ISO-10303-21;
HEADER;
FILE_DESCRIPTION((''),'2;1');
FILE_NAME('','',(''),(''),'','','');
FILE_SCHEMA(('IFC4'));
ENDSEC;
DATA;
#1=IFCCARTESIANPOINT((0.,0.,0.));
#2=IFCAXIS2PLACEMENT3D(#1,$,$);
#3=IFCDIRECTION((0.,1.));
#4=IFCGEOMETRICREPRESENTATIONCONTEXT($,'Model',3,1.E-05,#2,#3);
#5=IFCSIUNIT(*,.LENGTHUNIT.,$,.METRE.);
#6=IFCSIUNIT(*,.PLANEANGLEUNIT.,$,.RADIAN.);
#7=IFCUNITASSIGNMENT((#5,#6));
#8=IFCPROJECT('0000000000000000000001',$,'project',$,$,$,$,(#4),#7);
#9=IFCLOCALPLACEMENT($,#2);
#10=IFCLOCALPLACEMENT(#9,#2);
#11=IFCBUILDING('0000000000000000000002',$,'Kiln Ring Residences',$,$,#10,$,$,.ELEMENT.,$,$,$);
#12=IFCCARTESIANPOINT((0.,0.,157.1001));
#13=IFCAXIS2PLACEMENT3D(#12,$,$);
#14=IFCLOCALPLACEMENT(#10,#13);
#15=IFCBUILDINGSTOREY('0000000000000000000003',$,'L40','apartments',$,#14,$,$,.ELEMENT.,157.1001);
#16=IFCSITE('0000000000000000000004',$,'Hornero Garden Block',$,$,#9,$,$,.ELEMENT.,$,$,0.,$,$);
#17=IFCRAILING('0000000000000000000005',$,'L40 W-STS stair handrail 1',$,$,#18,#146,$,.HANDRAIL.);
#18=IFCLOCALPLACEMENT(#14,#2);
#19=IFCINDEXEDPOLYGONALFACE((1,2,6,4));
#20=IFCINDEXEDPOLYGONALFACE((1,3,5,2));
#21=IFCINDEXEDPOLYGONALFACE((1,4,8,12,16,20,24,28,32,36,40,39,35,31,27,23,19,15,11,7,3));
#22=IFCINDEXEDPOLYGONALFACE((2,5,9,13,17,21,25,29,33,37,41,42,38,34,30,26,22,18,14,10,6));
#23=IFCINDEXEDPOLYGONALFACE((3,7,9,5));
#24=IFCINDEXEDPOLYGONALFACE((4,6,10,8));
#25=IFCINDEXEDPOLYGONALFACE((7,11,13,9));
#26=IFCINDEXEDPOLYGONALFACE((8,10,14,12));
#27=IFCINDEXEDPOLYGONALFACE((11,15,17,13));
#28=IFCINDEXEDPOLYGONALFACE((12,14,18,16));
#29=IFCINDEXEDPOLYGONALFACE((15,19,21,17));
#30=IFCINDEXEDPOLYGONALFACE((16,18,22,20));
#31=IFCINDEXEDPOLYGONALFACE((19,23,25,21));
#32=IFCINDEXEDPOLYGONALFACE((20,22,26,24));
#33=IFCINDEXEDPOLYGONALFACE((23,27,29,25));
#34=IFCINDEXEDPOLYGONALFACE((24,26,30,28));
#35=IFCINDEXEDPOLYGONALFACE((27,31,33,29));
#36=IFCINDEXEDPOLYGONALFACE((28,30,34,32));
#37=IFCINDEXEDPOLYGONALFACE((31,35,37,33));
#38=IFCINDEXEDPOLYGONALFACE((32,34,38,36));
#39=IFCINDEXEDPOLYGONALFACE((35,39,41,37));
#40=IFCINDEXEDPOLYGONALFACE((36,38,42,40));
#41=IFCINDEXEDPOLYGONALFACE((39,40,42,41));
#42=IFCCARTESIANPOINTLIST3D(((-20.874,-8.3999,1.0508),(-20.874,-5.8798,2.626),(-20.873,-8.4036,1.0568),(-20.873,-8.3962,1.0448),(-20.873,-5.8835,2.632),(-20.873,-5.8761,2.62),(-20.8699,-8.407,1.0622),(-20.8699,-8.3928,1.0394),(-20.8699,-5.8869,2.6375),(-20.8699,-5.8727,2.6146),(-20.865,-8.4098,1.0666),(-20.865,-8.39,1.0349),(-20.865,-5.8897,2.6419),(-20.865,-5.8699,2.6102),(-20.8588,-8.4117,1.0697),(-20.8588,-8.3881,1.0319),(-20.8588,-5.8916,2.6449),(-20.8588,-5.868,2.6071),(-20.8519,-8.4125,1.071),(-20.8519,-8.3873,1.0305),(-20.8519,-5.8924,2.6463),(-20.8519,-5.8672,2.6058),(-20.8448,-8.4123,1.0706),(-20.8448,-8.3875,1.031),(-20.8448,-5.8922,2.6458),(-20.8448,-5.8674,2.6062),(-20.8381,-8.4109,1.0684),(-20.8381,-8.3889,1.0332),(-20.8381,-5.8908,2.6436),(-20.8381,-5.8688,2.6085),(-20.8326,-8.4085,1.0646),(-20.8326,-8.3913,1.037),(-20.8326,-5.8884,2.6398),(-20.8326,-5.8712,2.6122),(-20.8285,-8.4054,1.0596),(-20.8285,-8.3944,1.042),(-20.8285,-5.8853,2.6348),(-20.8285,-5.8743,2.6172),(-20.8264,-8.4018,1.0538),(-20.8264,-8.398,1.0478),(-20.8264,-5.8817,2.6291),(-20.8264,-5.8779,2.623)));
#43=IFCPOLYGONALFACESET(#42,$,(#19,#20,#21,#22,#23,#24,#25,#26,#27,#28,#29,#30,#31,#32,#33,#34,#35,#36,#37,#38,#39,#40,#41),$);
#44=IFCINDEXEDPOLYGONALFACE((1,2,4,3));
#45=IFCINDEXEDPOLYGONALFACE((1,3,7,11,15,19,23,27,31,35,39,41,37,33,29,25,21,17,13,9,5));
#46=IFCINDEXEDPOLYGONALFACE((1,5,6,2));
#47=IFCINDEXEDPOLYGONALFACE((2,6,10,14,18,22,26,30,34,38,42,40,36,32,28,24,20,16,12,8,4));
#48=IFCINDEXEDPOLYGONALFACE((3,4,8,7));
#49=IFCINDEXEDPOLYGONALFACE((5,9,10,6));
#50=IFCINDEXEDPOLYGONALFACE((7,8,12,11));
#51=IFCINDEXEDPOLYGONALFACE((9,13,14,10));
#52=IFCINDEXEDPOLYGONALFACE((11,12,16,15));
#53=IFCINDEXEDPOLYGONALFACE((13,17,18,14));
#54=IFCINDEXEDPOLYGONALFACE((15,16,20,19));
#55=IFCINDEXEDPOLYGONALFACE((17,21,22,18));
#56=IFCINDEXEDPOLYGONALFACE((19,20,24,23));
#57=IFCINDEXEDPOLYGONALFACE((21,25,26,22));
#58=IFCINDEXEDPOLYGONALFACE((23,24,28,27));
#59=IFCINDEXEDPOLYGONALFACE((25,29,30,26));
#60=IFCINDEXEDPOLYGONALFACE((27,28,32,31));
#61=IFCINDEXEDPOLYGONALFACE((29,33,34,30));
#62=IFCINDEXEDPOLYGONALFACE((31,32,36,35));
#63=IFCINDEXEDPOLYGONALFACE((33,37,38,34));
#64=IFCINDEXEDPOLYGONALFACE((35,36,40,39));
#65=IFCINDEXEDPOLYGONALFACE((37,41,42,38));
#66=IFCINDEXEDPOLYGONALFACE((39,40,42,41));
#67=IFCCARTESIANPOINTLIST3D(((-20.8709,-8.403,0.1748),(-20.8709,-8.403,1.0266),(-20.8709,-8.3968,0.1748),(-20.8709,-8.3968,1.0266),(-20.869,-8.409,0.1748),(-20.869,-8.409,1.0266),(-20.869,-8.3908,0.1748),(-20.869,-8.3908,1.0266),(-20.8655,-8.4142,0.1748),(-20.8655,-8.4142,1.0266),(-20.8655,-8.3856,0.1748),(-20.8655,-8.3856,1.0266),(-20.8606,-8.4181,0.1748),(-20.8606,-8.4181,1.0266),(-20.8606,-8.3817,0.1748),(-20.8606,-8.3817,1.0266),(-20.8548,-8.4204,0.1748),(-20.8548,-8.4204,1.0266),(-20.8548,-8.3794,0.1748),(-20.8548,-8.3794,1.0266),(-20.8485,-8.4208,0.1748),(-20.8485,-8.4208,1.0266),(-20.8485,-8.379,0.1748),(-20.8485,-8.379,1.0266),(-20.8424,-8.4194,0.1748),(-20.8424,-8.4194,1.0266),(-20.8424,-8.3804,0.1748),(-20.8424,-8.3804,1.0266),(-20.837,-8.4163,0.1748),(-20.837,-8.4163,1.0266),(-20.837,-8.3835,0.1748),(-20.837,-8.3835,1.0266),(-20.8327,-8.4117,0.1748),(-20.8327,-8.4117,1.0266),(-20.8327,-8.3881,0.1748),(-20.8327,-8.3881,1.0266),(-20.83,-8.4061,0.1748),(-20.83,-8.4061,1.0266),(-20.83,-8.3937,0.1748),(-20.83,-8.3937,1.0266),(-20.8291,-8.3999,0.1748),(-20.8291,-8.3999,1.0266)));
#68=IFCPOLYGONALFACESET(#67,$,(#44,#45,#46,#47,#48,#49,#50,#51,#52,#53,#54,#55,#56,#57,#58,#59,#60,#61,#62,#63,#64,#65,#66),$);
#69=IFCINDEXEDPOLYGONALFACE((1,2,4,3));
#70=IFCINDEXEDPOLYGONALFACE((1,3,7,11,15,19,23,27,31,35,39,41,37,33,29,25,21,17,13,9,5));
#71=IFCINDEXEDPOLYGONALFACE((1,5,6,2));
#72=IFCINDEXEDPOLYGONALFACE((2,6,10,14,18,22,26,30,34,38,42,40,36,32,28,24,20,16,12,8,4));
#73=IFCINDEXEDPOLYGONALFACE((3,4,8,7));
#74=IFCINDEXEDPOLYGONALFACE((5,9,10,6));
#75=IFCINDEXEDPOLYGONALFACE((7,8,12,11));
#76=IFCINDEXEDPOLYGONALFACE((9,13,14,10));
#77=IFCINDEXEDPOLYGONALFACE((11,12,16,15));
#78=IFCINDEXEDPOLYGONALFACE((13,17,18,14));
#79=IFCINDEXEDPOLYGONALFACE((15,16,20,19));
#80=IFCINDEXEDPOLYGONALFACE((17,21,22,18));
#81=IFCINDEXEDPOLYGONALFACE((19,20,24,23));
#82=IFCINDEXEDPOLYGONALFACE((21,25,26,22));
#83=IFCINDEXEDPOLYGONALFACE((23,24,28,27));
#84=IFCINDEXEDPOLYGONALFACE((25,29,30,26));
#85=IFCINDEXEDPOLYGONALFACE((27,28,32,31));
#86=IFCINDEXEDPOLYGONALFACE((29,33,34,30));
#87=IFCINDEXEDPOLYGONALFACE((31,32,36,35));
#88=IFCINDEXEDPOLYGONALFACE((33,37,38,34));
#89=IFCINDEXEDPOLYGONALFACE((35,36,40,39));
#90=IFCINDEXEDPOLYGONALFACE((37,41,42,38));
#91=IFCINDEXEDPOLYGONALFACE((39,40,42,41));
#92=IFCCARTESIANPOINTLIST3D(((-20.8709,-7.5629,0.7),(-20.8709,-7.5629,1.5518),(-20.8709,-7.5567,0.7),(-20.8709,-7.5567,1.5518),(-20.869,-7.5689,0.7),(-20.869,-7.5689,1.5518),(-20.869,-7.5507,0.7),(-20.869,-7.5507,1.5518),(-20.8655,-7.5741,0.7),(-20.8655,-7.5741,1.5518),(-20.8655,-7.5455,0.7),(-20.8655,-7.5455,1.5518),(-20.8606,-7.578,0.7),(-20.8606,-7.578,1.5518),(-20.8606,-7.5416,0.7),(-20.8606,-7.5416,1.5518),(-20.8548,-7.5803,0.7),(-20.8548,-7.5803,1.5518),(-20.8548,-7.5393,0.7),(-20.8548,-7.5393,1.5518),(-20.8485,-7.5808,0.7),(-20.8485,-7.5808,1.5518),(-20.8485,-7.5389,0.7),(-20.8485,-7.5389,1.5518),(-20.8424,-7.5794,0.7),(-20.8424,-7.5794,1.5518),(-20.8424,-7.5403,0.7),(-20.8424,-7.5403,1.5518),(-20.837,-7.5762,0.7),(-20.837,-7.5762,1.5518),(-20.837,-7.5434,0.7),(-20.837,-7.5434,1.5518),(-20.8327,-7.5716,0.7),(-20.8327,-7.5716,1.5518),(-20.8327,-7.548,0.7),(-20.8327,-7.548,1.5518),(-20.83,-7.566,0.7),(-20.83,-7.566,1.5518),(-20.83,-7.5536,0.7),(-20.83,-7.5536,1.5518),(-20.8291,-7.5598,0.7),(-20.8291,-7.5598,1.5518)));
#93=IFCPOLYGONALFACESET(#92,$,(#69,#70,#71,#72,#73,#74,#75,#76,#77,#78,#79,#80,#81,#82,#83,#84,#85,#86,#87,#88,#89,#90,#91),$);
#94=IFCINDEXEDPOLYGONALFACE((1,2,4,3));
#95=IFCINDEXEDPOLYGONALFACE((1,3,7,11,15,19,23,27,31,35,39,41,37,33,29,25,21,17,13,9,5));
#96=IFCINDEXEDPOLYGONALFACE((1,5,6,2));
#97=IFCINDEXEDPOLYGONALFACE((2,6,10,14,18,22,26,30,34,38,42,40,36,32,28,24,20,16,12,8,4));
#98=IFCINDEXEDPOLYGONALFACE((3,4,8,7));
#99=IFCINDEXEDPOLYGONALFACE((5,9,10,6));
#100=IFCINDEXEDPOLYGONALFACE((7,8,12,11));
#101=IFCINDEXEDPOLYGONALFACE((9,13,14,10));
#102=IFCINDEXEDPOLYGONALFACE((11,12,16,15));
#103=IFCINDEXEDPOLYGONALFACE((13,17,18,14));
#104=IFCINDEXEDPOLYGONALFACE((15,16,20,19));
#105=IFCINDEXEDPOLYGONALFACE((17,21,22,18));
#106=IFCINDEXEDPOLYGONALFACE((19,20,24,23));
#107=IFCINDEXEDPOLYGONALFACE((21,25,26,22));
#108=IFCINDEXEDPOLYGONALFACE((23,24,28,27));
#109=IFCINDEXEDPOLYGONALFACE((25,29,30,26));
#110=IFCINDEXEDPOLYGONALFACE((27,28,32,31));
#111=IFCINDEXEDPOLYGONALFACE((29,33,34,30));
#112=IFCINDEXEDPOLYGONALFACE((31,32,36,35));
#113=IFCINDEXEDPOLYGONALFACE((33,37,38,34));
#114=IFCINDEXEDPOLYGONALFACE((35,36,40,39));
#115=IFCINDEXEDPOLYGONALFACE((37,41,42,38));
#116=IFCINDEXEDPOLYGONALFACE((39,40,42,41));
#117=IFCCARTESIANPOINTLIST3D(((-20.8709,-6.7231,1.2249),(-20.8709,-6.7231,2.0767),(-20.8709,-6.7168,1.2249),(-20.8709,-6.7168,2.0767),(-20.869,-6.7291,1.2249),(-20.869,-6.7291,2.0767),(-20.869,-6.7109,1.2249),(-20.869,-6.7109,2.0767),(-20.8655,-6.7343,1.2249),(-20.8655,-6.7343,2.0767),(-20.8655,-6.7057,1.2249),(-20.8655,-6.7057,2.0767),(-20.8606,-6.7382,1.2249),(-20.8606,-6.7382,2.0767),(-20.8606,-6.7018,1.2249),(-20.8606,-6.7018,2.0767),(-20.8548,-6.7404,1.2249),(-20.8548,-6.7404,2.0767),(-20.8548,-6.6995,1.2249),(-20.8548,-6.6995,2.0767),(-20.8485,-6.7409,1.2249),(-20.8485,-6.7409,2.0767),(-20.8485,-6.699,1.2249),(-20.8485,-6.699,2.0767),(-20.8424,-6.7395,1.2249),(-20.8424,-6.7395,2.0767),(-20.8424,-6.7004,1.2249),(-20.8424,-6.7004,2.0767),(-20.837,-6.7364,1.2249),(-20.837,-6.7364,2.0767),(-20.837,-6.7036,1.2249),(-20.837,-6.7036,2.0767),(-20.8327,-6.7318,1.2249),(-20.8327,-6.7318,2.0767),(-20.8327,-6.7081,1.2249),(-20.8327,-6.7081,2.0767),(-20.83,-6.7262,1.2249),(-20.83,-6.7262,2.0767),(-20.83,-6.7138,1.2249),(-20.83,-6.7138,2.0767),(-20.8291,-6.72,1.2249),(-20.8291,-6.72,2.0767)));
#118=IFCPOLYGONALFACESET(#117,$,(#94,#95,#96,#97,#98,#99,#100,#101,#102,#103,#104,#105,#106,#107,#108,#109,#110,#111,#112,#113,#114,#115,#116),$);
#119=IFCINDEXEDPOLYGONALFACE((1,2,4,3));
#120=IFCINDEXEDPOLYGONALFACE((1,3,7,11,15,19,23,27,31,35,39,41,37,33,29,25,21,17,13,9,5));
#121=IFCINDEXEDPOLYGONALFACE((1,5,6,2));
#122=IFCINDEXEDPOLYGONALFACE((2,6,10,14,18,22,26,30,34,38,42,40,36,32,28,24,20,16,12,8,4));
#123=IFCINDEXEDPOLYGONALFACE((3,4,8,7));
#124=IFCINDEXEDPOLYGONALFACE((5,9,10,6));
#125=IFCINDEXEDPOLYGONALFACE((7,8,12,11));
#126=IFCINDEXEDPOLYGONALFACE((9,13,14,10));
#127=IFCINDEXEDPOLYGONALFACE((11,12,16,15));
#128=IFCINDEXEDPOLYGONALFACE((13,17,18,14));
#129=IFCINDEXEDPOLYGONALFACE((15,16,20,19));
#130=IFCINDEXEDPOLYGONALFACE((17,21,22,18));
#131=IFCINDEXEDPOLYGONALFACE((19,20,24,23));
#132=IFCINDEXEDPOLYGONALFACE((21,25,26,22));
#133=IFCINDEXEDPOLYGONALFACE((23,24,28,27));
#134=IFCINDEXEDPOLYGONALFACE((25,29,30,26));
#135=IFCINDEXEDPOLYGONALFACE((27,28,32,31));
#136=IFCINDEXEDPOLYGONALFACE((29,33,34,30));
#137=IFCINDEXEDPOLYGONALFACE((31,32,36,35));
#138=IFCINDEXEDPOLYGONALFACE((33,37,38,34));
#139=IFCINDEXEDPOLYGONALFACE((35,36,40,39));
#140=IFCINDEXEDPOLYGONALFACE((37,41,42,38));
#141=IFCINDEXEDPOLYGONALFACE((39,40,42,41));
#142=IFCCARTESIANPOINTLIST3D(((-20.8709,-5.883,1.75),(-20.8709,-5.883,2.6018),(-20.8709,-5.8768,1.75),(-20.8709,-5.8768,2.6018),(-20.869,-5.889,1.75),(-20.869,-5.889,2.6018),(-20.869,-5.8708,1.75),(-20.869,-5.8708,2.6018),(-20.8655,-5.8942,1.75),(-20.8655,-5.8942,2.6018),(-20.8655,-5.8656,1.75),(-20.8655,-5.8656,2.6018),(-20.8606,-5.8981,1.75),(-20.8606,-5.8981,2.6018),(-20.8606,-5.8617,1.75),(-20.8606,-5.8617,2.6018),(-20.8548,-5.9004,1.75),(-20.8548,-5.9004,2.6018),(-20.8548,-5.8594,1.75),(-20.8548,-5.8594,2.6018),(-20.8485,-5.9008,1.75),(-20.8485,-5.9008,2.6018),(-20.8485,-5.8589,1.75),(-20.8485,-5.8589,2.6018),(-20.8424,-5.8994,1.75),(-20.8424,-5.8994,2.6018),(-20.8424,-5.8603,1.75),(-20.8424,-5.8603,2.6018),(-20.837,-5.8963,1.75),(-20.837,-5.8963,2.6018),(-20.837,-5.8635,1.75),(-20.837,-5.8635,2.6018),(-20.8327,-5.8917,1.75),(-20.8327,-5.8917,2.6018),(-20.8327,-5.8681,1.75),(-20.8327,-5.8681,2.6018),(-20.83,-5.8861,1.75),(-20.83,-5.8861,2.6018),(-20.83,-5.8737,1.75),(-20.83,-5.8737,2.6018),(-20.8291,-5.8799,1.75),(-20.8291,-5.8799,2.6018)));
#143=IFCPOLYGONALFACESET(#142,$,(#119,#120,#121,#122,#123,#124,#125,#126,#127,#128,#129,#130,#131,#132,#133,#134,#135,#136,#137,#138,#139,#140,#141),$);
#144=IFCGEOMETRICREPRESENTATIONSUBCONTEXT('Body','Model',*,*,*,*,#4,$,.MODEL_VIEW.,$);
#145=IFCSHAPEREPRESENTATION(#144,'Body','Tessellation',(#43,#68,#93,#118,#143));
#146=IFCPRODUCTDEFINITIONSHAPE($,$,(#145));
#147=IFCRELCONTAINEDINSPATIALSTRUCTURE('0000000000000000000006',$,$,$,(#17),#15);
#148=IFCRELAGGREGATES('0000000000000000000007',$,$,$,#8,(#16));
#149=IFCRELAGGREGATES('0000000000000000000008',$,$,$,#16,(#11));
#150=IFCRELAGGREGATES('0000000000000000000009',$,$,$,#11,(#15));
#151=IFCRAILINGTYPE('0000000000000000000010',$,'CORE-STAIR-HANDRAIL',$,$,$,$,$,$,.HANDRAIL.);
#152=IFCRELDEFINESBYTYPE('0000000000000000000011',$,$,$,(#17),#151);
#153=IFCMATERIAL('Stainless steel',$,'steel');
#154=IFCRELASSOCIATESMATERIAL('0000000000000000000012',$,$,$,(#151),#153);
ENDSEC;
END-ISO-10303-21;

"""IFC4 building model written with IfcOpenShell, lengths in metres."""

from ifc_helpers import new_model, si_unit, direction, frame, origin, origin_2d, place, context, subcontext, project, spatial, circle, extrude, material, type_object, element, save


model = new_model("IFC4")

# Units and contexts
model_context = context("Model", 3, precision=1e-05, world=origin(), true_north=direction((0.0, 1.0)))
body_context = subcontext(model_context, "Body", "Model", "MODEL_VIEW")
ifc_project = project(units=[si_unit("LENGTHUNIT", "METRE"), si_unit("PLANEANGLEUNIT", "RADIAN")], contexts=[model_context])

# Site, building, storey
site_placement = place(None, origin())
site = spatial("IfcSite", under=ifc_project, at=site_placement, Name="Hornero Garden Block", CompositionType="ELEMENT", RefElevation=0.0)
building_placement = place(site_placement, origin())
building = spatial("IfcBuilding", under=site, at=building_placement, Name="Kiln Ring Residences", CompositionType="ELEMENT")
storey_placement = place(building_placement, frame((0.0, 0.0, 157.1001)))
storey = spatial("IfcBuildingStorey", under=building, at=storey_placement, Name="L40", Description="apartments", CompositionType="ELEMENT", Elevation=157.1001)

# Railing
ifc_material_1 = material(Name="Stainless steel", Category="steel")
railing_type_1 = type_object("IfcRailingType", Name="CORE-STAIR-HANDRAIL", PredefinedType="HANDRAIL", material=ifc_material_1)
railing_1_placement = place(storey_placement, frame((-20.8501, -8.3999, 0.1748)))
element("IfcRailing", 1, at=railing_1_placement, inside=storey, type_object=railing_type_1, Name="L40 W-STS stair handrail 1", PredefinedType="HANDRAIL", context=body_context, shape_type="SweptSolid", body=[
    extrude(circle(Radius=0.0239, at=origin_2d()), frame((0.0, 0.0, 0.876), z_axis=(0.0, 0.847971, 0.530043), x_axis=(-1.0, 0.0, 0.0)), (0.0, 0.0, 1.0), 2.9719),
    extrude(circle(Radius=0.021, at=origin_2d()), origin(), (0.0, 0.0, 1.0), 0.8518),
    extrude(circle(Radius=0.021, at=origin_2d()), frame((0.0, 0.8401, 0.5251)), (0.0, 0.0, 1.0), 0.8518),
    extrude(circle(Radius=0.021, at=origin_2d()), frame((0.0, 1.6799, 1.05)), (0.0, 0.0, 1.0), 0.8518),
    extrude(circle(Radius=0.021, at=origin_2d()), frame((0.0, 2.52, 1.5752)), (0.0, 0.0, 1.0), 0.8518),
])

save(model, "model.ifc")
